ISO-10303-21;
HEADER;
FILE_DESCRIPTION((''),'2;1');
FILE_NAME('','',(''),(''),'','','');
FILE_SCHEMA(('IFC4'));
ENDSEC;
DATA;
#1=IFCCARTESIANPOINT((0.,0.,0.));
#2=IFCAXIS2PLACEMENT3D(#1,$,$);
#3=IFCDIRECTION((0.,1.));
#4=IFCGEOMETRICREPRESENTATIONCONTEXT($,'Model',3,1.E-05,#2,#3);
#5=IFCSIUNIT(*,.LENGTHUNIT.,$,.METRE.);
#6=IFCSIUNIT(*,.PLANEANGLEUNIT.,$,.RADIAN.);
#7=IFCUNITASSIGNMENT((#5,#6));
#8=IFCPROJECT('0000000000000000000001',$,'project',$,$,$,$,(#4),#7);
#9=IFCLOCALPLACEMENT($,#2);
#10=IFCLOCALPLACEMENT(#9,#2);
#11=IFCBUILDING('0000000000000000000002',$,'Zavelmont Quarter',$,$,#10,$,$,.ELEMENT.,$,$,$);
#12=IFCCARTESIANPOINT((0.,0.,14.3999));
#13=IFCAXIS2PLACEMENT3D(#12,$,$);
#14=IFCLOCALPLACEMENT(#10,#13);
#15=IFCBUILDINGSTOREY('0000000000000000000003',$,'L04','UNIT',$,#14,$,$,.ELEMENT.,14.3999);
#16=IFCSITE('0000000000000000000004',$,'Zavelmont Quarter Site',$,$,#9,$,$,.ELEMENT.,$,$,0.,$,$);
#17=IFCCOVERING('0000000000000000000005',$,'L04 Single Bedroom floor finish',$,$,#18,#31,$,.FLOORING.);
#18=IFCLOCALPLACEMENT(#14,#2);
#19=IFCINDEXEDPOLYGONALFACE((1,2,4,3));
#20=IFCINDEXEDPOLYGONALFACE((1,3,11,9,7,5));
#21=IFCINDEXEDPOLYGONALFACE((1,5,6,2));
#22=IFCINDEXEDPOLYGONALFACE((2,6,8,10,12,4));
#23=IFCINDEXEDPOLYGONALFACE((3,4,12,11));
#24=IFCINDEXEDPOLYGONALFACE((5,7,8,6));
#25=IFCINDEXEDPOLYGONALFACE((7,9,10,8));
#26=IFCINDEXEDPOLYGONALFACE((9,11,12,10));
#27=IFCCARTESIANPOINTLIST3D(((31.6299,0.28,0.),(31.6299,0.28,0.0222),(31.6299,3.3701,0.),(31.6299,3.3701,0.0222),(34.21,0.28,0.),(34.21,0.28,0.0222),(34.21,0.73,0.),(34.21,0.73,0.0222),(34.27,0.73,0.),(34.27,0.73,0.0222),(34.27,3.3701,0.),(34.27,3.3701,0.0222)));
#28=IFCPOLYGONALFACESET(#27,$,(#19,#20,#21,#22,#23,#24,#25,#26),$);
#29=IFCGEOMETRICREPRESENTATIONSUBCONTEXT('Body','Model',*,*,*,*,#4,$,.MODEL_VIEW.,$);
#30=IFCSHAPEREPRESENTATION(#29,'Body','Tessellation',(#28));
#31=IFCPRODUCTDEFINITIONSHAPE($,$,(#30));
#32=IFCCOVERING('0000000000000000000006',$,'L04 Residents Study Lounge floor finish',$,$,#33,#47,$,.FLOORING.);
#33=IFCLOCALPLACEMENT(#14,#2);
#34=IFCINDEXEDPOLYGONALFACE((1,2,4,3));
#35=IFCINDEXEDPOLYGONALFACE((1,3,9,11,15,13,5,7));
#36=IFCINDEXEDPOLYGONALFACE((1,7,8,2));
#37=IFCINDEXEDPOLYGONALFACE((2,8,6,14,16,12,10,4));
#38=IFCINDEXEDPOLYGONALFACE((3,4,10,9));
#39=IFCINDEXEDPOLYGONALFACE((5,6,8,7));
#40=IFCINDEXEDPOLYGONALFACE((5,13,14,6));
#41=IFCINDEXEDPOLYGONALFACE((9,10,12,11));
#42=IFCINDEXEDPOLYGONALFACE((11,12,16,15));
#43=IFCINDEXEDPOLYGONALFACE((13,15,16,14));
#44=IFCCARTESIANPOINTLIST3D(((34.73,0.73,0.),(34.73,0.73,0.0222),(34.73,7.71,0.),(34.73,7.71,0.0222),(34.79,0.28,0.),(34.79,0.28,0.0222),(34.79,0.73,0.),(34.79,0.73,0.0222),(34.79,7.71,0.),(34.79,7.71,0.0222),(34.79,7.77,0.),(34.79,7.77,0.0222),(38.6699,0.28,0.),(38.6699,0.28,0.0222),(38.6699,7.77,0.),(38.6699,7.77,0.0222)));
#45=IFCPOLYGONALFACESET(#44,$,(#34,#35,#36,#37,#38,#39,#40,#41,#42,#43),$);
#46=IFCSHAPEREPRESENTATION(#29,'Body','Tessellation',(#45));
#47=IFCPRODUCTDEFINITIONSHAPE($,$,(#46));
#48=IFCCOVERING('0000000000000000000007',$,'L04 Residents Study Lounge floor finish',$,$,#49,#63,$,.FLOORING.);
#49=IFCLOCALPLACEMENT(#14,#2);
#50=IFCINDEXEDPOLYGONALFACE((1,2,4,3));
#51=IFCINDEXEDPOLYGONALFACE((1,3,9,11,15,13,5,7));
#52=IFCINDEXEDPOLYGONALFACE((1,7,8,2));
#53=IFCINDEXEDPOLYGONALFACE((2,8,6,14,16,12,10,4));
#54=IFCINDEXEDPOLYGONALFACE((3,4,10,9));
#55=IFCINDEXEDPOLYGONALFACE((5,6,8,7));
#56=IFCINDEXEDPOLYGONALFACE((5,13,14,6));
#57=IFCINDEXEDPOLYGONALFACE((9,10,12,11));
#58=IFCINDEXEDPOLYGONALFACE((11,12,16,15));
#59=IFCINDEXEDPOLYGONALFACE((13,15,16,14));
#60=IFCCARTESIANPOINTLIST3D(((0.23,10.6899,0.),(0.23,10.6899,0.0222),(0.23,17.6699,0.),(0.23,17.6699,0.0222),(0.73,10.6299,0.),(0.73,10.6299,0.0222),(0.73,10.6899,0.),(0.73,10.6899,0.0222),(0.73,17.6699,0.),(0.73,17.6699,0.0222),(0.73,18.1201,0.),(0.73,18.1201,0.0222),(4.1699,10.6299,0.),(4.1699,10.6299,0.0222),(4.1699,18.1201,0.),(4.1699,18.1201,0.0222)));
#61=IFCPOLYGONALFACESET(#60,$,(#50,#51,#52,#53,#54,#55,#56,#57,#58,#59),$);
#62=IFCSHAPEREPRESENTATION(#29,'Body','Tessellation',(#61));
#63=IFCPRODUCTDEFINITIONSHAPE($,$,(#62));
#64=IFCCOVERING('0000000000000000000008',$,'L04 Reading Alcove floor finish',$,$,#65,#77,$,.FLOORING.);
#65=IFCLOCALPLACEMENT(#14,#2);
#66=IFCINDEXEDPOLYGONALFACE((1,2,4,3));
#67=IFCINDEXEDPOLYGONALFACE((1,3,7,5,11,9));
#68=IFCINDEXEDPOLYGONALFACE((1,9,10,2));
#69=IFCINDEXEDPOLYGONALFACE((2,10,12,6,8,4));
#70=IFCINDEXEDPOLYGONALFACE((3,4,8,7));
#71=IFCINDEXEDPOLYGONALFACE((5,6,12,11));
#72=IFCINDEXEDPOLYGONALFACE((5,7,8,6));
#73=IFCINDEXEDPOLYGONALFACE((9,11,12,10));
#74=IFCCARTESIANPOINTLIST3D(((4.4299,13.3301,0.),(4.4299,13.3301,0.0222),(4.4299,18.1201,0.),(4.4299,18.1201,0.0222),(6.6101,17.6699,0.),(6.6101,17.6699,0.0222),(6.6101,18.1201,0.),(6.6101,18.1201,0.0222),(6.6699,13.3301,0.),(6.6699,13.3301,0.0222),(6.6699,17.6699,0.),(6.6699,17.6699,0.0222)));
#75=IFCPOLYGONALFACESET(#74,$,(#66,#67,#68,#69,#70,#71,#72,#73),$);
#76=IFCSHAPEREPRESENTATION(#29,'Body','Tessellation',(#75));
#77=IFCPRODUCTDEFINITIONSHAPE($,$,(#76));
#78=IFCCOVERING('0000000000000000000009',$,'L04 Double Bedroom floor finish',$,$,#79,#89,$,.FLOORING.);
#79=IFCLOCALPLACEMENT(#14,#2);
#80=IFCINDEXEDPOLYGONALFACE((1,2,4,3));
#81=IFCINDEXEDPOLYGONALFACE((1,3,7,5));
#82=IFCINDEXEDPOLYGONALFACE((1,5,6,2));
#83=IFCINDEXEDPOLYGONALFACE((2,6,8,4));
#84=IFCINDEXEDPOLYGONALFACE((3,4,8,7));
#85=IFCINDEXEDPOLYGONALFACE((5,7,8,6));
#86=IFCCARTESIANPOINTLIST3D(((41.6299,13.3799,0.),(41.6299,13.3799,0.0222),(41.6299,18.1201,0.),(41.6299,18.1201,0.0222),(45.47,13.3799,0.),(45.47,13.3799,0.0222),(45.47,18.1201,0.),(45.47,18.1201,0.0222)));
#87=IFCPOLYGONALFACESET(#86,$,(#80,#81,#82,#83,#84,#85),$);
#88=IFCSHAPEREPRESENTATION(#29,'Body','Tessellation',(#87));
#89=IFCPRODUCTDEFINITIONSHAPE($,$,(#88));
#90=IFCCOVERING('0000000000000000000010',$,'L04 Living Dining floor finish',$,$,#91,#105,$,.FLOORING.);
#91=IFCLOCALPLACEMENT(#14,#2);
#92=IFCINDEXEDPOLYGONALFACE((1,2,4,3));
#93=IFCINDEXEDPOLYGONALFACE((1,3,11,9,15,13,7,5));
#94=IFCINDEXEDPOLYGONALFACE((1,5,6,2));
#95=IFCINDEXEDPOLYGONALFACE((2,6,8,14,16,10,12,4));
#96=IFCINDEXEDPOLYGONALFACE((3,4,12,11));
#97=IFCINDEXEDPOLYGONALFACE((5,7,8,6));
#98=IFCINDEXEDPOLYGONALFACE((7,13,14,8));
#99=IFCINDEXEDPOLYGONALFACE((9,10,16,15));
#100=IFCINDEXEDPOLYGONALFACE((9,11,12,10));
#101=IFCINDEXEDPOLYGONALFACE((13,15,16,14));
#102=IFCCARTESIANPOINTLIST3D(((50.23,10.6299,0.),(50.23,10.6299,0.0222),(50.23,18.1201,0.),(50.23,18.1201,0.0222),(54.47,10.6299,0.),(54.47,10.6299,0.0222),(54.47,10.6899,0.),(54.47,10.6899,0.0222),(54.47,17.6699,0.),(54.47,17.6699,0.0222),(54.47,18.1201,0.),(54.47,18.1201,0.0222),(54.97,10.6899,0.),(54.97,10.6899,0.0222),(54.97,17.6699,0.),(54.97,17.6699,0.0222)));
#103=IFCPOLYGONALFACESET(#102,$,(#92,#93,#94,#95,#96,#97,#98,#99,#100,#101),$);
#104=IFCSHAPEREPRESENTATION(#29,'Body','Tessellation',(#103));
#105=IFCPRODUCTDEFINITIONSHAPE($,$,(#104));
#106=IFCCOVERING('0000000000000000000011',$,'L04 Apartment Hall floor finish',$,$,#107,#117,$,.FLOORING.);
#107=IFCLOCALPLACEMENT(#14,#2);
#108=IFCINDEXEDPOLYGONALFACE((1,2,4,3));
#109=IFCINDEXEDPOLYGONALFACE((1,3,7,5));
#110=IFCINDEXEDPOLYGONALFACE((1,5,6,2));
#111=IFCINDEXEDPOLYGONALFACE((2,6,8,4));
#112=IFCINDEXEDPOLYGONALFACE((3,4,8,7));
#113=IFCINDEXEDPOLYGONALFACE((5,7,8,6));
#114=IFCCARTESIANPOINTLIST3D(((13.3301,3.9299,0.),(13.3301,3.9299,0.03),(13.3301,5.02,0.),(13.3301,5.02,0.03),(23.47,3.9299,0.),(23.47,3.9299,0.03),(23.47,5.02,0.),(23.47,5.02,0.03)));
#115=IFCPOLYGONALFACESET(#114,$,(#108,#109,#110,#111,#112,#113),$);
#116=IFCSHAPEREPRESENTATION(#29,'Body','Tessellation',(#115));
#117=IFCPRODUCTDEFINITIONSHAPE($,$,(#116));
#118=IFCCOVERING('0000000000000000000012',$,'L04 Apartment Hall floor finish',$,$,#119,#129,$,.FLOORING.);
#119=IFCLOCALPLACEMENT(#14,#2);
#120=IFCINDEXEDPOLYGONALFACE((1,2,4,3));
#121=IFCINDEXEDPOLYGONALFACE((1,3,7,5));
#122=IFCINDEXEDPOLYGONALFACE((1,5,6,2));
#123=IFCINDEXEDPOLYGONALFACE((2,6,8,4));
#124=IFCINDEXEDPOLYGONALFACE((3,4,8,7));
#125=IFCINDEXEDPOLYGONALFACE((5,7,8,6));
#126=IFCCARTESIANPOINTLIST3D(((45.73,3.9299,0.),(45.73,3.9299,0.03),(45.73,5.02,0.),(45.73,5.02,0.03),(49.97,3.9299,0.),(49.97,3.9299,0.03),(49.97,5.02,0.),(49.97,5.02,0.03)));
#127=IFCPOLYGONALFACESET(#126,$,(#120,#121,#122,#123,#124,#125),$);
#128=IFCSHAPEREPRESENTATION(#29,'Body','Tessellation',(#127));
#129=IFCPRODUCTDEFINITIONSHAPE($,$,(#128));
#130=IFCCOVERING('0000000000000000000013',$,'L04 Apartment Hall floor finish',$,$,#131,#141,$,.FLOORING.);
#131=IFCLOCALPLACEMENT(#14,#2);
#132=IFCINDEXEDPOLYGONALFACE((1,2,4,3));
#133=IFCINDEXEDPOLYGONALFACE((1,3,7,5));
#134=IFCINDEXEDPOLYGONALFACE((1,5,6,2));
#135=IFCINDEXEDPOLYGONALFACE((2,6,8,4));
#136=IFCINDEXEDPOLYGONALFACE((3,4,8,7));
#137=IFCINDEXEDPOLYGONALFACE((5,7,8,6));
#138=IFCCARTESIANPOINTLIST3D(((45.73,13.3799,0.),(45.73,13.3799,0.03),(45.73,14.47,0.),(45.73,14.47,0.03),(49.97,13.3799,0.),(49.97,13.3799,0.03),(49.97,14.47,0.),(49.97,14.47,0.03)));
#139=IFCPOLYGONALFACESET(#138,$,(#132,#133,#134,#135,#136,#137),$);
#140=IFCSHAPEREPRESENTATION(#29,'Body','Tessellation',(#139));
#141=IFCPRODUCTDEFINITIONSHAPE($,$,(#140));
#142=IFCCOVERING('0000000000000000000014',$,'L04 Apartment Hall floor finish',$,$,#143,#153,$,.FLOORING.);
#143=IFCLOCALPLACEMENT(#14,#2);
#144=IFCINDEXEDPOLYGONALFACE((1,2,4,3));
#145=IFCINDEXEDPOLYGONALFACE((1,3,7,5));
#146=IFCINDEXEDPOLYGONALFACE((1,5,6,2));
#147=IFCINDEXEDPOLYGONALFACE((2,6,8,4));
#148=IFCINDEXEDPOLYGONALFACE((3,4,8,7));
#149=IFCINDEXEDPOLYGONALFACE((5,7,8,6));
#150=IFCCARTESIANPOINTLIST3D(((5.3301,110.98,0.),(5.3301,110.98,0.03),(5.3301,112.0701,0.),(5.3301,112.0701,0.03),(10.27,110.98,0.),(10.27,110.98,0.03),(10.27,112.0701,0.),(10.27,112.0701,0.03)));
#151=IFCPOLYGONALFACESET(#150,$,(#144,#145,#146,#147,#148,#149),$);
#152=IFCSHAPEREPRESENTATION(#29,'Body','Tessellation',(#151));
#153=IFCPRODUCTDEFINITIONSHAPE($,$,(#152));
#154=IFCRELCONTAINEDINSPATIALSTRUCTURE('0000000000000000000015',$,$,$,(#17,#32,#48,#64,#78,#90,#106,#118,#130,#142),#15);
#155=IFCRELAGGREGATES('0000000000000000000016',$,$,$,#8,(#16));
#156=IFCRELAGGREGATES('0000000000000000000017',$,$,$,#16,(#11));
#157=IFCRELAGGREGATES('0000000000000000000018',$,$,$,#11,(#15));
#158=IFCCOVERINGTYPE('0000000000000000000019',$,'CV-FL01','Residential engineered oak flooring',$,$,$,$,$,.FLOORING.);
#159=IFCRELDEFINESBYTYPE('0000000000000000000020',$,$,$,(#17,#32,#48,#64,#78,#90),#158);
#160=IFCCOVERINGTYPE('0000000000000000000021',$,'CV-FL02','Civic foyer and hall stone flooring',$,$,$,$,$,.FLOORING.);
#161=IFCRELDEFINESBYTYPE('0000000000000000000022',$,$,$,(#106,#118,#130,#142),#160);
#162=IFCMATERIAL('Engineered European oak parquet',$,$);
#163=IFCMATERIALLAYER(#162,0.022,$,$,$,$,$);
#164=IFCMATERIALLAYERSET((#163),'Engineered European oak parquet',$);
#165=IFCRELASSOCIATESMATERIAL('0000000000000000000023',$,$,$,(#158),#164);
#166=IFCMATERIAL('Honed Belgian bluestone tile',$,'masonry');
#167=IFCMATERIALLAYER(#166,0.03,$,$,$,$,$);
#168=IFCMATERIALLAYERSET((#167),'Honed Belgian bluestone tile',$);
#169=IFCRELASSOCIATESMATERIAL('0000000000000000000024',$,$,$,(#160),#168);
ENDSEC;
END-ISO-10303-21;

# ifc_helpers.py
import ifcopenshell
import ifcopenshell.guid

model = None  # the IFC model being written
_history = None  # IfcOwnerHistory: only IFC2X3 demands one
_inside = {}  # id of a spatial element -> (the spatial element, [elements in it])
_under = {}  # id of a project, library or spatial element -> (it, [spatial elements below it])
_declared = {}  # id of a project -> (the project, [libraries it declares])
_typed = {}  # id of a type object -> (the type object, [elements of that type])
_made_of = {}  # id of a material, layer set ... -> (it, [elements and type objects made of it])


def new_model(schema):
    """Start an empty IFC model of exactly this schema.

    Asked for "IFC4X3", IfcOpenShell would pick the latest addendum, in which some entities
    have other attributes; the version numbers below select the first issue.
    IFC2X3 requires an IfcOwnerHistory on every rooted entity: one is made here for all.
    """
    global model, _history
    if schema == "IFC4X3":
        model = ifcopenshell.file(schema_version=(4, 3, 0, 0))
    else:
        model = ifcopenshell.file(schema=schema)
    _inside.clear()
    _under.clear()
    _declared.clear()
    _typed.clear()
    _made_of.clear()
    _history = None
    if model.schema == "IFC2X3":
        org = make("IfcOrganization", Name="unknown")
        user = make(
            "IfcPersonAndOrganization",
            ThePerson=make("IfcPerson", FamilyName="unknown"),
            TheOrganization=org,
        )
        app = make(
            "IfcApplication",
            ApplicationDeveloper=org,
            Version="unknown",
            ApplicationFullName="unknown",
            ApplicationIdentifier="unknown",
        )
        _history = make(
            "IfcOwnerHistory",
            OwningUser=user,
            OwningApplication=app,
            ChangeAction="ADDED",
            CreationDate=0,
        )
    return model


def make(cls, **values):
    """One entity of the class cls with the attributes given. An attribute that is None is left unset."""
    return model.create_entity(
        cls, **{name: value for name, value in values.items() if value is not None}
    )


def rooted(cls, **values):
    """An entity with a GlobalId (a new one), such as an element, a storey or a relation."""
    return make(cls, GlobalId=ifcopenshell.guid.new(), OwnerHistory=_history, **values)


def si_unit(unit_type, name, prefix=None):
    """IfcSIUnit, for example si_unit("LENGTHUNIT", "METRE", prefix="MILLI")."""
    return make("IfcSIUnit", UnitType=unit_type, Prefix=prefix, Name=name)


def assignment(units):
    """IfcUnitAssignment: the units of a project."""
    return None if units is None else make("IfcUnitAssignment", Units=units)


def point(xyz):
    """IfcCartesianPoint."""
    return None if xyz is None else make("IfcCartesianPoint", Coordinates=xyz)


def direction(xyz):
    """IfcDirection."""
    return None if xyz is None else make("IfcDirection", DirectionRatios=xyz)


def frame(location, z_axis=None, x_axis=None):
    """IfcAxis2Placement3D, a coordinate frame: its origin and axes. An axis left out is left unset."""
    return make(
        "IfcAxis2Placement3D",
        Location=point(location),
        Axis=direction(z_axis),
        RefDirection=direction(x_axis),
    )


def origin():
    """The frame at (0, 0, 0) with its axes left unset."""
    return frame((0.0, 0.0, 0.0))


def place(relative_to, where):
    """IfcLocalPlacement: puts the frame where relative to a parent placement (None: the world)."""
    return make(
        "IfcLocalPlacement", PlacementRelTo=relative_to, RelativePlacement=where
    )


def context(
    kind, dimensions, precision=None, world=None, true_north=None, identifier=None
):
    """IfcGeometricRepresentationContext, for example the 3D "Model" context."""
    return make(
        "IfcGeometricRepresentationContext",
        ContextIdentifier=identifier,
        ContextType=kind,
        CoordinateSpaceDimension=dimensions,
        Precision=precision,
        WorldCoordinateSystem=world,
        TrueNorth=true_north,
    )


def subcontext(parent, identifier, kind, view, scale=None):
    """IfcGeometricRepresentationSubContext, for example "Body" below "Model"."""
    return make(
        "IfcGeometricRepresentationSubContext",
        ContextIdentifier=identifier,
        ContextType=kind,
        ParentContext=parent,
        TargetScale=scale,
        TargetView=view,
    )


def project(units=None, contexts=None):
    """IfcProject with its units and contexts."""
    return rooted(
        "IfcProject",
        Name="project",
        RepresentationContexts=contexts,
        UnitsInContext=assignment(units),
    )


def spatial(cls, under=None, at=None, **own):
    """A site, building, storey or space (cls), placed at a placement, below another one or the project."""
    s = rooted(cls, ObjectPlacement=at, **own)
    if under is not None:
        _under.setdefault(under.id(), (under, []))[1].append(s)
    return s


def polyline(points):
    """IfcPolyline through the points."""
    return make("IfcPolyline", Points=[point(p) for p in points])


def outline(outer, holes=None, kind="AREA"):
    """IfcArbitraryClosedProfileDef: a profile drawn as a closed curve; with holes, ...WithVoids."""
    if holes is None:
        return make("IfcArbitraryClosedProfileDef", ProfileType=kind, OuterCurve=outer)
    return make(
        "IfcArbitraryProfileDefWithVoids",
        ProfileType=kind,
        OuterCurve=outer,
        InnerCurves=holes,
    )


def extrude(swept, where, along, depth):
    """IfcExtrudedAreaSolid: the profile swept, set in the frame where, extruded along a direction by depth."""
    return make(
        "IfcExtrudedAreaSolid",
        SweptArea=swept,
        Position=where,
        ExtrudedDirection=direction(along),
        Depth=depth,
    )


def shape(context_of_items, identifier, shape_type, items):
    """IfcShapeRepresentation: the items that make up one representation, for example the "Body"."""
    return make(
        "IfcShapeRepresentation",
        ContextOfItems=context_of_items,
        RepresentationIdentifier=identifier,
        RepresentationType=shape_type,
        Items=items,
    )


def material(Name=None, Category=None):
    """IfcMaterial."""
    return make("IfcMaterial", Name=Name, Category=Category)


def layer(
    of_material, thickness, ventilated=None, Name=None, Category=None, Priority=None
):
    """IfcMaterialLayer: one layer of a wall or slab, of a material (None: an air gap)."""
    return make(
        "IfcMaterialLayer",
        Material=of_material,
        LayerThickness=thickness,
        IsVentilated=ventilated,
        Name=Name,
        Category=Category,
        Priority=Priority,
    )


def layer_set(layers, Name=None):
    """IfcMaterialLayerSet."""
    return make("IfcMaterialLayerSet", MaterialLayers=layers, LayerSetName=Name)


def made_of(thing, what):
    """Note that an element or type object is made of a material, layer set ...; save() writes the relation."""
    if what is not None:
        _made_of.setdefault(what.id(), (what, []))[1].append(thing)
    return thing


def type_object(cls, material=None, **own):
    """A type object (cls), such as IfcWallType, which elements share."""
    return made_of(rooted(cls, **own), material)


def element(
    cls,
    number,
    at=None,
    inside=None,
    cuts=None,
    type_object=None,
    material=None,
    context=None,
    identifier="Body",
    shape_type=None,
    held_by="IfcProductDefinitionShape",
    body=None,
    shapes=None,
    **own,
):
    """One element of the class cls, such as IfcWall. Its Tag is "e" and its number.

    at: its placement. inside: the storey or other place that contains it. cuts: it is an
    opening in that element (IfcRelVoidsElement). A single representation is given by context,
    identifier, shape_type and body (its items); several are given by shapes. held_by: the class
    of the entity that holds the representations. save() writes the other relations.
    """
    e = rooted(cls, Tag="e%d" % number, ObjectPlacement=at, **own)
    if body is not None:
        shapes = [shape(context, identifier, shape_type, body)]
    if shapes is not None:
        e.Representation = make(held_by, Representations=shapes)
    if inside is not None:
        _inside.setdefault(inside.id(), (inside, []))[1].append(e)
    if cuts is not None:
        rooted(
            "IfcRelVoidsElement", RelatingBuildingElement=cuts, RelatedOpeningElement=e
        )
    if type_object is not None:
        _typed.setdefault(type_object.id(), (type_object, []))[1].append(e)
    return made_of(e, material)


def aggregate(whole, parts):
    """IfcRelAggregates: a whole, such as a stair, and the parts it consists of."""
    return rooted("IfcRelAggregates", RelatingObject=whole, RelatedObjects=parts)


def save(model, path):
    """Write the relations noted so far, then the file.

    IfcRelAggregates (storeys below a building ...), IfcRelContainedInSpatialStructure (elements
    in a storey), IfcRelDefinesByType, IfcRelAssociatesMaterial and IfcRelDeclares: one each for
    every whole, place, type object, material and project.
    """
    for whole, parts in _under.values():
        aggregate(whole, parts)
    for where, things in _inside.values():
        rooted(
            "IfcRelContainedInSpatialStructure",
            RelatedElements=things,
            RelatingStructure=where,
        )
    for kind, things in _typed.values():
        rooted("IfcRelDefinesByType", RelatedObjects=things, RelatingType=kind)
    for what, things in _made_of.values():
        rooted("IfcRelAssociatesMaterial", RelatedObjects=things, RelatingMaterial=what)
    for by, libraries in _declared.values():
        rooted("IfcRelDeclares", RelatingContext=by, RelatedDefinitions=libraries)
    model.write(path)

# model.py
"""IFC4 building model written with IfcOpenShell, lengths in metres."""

from ifc_helpers import new_model, si_unit, direction, frame, origin, place, context, subcontext, project, spatial, polyline, outline, extrude, material, layer, layer_set, type_object, element, save


model = new_model("IFC4")

# Units and contexts
model_context = context("Model", 3, precision=1e-05, world=origin(), true_north=direction((0.0, 1.0)))
body_context = subcontext(model_context, "Body", "Model", "MODEL_VIEW")
ifc_project = project(units=[si_unit("LENGTHUNIT", "METRE"), si_unit("PLANEANGLEUNIT", "RADIAN")], contexts=[model_context])

# Site, building, storey
site_placement = place(None, origin())
site = spatial("IfcSite", under=ifc_project, at=site_placement, Name="Zavelmont Quarter Site", CompositionType="ELEMENT", RefElevation=0.0)
building_placement = place(site_placement, origin())
building = spatial("IfcBuilding", under=site, at=building_placement, Name="Zavelmont Quarter", CompositionType="ELEMENT")
storey_placement = place(building_placement, frame((0.0, 0.0, 14.3999)))
storey = spatial("IfcBuildingStorey", under=building, at=storey_placement, Name="L04", Description="UNIT", CompositionType="ELEMENT", Elevation=14.3999)

# Coverings
ifc_material_1 = material(Name="Engineered European oak parquet")
ifc_layer_1 = layer(ifc_material_1, 0.022)
ifc_layer_set_1 = layer_set([ifc_layer_1], Name="Engineered European oak parquet")
covering_type_1 = type_object("IfcCoveringType", Name="CV-FL01", Description="Residential engineered oak flooring", PredefinedType="FLOORING", material=ifc_layer_set_1)
covering_1_placement = place(storey_placement, origin())
element("IfcCovering", 1, at=covering_1_placement, inside=storey, type_object=covering_type_1, Name="L04 Single Bedroom floor finish", PredefinedType="FLOORING", context=body_context, shape_type="SweptSolid", body=[
    extrude(outline(polyline([(31.6299, 3.3701), (34.27, 3.3701), (34.27, 0.73), (34.21, 0.73), (34.21, 0.28), (31.6299, 0.28), (31.6299, 3.3701)])), origin(), (0.0, 0.0, 1.0), 0.0222),
])
covering_2_placement = place(storey_placement, origin())
element("IfcCovering", 2, at=covering_2_placement, inside=storey, type_object=covering_type_1, Name="L04 Residents Study Lounge floor finish", PredefinedType="FLOORING", context=body_context, shape_type="SweptSolid", body=[
    extrude(outline(polyline([(34.73, 7.71), (34.79, 7.71), (34.79, 7.77), (38.6699, 7.77), (38.6699, 0.28), (34.79, 0.28), (34.79, 0.73), (34.73, 0.73), (34.73, 7.71)])), origin(), (0.0, 0.0, 1.0), 0.0222),
])
covering_3_placement = place(storey_placement, origin())
element("IfcCovering", 3, at=covering_3_placement, inside=storey, type_object=covering_type_1, Name="L04 Residents Study Lounge floor finish", PredefinedType="FLOORING", context=body_context, shape_type="SweptSolid", body=[
    extrude(outline(polyline([(0.23, 17.6699), (0.73, 17.6699), (0.73, 18.1201), (4.1699, 18.1201), (4.1699, 10.6299), (0.73, 10.6299), (0.73, 10.6899), (0.23, 10.6899), (0.23, 17.6699)])), origin(), (0.0, 0.0, 1.0), 0.0222),
])
covering_4_placement = place(storey_placement, origin())
element("IfcCovering", 4, at=covering_4_placement, inside=storey, type_object=covering_type_1, Name="L04 Reading Alcove floor finish", PredefinedType="FLOORING", context=body_context, shape_type="SweptSolid", body=[
    extrude(outline(polyline([(4.4299, 18.1201), (6.6101, 18.1201), (6.6101, 17.6699), (6.6699, 17.6699), (6.6699, 13.3301), (4.4299, 13.3301), (4.4299, 18.1201)])), origin(), (0.0, 0.0, 1.0), 0.0222),
])
covering_5_placement = place(storey_placement, origin())
element("IfcCovering", 5, at=covering_5_placement, inside=storey, type_object=covering_type_1, Name="L04 Double Bedroom floor finish", PredefinedType="FLOORING", context=body_context, shape_type="SweptSolid", body=[
    extrude(outline(polyline([(41.6299, 18.1201), (45.47, 18.1201), (45.47, 13.3799), (41.6299, 13.3799), (41.6299, 18.1201)])), origin(), (0.0, 0.0, 1.0), 0.0222),
])
covering_6_placement = place(storey_placement, origin())
element("IfcCovering", 6, at=covering_6_placement, inside=storey, type_object=covering_type_1, Name="L04 Living Dining floor finish", PredefinedType="FLOORING", context=body_context, shape_type="SweptSolid", body=[
    extrude(outline(polyline([(50.23, 18.1201), (54.47, 18.1201), (54.47, 17.6699), (54.97, 17.6699), (54.97, 10.6899), (54.47, 10.6899), (54.47, 10.6299), (50.23, 10.6299), (50.23, 18.1201)])), origin(), (0.0, 0.0, 1.0), 0.0222),
])
ifc_material_2 = material(Name="Honed Belgian bluestone tile", Category="masonry")
ifc_layer_2 = layer(ifc_material_2, 0.03)
ifc_layer_set_2 = layer_set([ifc_layer_2], Name="Honed Belgian bluestone tile")
covering_type_2 = type_object("IfcCoveringType", Name="CV-FL02", Description="Civic foyer and hall stone flooring", PredefinedType="FLOORING", material=ifc_layer_set_2)
covering_7_placement = place(storey_placement, origin())
element("IfcCovering", 7, at=covering_7_placement, inside=storey, type_object=covering_type_2, Name="L04 Apartment Hall floor finish", PredefinedType="FLOORING", context=body_context, shape_type="SweptSolid", body=[
    extrude(outline(polyline([(13.3301, 5.02), (23.47, 5.02), (23.47, 3.9299), (13.3301, 3.9299), (13.3301, 5.02)])), origin(), (0.0, 0.0, 1.0), 0.03),
])
covering_8_placement = place(storey_placement, origin())
element("IfcCovering", 8, at=covering_8_placement, inside=storey, type_object=covering_type_2, Name="L04 Apartment Hall floor finish", PredefinedType="FLOORING", context=body_context, shape_type="SweptSolid", body=[
    extrude(outline(polyline([(45.73, 5.02), (49.97, 5.02), (49.97, 3.9299), (45.73, 3.9299), (45.73, 5.02)])), origin(), (0.0, 0.0, 1.0), 0.03),
])
covering_9_placement = place(storey_placement, origin())
element("IfcCovering", 9, at=covering_9_placement, inside=storey, type_object=covering_type_2, Name="L04 Apartment Hall floor finish", PredefinedType="FLOORING", context=body_context, shape_type="SweptSolid", body=[
    extrude(outline(polyline([(45.73, 14.47), (49.97, 14.47), (49.97, 13.3799), (45.73, 13.3799), (45.73, 14.47)])), origin(), (0.0, 0.0, 1.0), 0.03),
])
covering_10_placement = place(storey_placement, origin())
element("IfcCovering", 10, at=covering_10_placement, inside=storey, type_object=covering_type_2, Name="L04 Apartment Hall floor finish", PredefinedType="FLOORING", context=body_context, shape_type="SweptSolid", body=[
    extrude(outline(polyline([(5.3301, 112.0701), (10.27, 112.0701), (10.27, 110.98), (5.3301, 110.98), (5.3301, 112.0701)])), origin(), (0.0, 0.0, 1.0), 0.03),
])

save(model, "model.ifc")
